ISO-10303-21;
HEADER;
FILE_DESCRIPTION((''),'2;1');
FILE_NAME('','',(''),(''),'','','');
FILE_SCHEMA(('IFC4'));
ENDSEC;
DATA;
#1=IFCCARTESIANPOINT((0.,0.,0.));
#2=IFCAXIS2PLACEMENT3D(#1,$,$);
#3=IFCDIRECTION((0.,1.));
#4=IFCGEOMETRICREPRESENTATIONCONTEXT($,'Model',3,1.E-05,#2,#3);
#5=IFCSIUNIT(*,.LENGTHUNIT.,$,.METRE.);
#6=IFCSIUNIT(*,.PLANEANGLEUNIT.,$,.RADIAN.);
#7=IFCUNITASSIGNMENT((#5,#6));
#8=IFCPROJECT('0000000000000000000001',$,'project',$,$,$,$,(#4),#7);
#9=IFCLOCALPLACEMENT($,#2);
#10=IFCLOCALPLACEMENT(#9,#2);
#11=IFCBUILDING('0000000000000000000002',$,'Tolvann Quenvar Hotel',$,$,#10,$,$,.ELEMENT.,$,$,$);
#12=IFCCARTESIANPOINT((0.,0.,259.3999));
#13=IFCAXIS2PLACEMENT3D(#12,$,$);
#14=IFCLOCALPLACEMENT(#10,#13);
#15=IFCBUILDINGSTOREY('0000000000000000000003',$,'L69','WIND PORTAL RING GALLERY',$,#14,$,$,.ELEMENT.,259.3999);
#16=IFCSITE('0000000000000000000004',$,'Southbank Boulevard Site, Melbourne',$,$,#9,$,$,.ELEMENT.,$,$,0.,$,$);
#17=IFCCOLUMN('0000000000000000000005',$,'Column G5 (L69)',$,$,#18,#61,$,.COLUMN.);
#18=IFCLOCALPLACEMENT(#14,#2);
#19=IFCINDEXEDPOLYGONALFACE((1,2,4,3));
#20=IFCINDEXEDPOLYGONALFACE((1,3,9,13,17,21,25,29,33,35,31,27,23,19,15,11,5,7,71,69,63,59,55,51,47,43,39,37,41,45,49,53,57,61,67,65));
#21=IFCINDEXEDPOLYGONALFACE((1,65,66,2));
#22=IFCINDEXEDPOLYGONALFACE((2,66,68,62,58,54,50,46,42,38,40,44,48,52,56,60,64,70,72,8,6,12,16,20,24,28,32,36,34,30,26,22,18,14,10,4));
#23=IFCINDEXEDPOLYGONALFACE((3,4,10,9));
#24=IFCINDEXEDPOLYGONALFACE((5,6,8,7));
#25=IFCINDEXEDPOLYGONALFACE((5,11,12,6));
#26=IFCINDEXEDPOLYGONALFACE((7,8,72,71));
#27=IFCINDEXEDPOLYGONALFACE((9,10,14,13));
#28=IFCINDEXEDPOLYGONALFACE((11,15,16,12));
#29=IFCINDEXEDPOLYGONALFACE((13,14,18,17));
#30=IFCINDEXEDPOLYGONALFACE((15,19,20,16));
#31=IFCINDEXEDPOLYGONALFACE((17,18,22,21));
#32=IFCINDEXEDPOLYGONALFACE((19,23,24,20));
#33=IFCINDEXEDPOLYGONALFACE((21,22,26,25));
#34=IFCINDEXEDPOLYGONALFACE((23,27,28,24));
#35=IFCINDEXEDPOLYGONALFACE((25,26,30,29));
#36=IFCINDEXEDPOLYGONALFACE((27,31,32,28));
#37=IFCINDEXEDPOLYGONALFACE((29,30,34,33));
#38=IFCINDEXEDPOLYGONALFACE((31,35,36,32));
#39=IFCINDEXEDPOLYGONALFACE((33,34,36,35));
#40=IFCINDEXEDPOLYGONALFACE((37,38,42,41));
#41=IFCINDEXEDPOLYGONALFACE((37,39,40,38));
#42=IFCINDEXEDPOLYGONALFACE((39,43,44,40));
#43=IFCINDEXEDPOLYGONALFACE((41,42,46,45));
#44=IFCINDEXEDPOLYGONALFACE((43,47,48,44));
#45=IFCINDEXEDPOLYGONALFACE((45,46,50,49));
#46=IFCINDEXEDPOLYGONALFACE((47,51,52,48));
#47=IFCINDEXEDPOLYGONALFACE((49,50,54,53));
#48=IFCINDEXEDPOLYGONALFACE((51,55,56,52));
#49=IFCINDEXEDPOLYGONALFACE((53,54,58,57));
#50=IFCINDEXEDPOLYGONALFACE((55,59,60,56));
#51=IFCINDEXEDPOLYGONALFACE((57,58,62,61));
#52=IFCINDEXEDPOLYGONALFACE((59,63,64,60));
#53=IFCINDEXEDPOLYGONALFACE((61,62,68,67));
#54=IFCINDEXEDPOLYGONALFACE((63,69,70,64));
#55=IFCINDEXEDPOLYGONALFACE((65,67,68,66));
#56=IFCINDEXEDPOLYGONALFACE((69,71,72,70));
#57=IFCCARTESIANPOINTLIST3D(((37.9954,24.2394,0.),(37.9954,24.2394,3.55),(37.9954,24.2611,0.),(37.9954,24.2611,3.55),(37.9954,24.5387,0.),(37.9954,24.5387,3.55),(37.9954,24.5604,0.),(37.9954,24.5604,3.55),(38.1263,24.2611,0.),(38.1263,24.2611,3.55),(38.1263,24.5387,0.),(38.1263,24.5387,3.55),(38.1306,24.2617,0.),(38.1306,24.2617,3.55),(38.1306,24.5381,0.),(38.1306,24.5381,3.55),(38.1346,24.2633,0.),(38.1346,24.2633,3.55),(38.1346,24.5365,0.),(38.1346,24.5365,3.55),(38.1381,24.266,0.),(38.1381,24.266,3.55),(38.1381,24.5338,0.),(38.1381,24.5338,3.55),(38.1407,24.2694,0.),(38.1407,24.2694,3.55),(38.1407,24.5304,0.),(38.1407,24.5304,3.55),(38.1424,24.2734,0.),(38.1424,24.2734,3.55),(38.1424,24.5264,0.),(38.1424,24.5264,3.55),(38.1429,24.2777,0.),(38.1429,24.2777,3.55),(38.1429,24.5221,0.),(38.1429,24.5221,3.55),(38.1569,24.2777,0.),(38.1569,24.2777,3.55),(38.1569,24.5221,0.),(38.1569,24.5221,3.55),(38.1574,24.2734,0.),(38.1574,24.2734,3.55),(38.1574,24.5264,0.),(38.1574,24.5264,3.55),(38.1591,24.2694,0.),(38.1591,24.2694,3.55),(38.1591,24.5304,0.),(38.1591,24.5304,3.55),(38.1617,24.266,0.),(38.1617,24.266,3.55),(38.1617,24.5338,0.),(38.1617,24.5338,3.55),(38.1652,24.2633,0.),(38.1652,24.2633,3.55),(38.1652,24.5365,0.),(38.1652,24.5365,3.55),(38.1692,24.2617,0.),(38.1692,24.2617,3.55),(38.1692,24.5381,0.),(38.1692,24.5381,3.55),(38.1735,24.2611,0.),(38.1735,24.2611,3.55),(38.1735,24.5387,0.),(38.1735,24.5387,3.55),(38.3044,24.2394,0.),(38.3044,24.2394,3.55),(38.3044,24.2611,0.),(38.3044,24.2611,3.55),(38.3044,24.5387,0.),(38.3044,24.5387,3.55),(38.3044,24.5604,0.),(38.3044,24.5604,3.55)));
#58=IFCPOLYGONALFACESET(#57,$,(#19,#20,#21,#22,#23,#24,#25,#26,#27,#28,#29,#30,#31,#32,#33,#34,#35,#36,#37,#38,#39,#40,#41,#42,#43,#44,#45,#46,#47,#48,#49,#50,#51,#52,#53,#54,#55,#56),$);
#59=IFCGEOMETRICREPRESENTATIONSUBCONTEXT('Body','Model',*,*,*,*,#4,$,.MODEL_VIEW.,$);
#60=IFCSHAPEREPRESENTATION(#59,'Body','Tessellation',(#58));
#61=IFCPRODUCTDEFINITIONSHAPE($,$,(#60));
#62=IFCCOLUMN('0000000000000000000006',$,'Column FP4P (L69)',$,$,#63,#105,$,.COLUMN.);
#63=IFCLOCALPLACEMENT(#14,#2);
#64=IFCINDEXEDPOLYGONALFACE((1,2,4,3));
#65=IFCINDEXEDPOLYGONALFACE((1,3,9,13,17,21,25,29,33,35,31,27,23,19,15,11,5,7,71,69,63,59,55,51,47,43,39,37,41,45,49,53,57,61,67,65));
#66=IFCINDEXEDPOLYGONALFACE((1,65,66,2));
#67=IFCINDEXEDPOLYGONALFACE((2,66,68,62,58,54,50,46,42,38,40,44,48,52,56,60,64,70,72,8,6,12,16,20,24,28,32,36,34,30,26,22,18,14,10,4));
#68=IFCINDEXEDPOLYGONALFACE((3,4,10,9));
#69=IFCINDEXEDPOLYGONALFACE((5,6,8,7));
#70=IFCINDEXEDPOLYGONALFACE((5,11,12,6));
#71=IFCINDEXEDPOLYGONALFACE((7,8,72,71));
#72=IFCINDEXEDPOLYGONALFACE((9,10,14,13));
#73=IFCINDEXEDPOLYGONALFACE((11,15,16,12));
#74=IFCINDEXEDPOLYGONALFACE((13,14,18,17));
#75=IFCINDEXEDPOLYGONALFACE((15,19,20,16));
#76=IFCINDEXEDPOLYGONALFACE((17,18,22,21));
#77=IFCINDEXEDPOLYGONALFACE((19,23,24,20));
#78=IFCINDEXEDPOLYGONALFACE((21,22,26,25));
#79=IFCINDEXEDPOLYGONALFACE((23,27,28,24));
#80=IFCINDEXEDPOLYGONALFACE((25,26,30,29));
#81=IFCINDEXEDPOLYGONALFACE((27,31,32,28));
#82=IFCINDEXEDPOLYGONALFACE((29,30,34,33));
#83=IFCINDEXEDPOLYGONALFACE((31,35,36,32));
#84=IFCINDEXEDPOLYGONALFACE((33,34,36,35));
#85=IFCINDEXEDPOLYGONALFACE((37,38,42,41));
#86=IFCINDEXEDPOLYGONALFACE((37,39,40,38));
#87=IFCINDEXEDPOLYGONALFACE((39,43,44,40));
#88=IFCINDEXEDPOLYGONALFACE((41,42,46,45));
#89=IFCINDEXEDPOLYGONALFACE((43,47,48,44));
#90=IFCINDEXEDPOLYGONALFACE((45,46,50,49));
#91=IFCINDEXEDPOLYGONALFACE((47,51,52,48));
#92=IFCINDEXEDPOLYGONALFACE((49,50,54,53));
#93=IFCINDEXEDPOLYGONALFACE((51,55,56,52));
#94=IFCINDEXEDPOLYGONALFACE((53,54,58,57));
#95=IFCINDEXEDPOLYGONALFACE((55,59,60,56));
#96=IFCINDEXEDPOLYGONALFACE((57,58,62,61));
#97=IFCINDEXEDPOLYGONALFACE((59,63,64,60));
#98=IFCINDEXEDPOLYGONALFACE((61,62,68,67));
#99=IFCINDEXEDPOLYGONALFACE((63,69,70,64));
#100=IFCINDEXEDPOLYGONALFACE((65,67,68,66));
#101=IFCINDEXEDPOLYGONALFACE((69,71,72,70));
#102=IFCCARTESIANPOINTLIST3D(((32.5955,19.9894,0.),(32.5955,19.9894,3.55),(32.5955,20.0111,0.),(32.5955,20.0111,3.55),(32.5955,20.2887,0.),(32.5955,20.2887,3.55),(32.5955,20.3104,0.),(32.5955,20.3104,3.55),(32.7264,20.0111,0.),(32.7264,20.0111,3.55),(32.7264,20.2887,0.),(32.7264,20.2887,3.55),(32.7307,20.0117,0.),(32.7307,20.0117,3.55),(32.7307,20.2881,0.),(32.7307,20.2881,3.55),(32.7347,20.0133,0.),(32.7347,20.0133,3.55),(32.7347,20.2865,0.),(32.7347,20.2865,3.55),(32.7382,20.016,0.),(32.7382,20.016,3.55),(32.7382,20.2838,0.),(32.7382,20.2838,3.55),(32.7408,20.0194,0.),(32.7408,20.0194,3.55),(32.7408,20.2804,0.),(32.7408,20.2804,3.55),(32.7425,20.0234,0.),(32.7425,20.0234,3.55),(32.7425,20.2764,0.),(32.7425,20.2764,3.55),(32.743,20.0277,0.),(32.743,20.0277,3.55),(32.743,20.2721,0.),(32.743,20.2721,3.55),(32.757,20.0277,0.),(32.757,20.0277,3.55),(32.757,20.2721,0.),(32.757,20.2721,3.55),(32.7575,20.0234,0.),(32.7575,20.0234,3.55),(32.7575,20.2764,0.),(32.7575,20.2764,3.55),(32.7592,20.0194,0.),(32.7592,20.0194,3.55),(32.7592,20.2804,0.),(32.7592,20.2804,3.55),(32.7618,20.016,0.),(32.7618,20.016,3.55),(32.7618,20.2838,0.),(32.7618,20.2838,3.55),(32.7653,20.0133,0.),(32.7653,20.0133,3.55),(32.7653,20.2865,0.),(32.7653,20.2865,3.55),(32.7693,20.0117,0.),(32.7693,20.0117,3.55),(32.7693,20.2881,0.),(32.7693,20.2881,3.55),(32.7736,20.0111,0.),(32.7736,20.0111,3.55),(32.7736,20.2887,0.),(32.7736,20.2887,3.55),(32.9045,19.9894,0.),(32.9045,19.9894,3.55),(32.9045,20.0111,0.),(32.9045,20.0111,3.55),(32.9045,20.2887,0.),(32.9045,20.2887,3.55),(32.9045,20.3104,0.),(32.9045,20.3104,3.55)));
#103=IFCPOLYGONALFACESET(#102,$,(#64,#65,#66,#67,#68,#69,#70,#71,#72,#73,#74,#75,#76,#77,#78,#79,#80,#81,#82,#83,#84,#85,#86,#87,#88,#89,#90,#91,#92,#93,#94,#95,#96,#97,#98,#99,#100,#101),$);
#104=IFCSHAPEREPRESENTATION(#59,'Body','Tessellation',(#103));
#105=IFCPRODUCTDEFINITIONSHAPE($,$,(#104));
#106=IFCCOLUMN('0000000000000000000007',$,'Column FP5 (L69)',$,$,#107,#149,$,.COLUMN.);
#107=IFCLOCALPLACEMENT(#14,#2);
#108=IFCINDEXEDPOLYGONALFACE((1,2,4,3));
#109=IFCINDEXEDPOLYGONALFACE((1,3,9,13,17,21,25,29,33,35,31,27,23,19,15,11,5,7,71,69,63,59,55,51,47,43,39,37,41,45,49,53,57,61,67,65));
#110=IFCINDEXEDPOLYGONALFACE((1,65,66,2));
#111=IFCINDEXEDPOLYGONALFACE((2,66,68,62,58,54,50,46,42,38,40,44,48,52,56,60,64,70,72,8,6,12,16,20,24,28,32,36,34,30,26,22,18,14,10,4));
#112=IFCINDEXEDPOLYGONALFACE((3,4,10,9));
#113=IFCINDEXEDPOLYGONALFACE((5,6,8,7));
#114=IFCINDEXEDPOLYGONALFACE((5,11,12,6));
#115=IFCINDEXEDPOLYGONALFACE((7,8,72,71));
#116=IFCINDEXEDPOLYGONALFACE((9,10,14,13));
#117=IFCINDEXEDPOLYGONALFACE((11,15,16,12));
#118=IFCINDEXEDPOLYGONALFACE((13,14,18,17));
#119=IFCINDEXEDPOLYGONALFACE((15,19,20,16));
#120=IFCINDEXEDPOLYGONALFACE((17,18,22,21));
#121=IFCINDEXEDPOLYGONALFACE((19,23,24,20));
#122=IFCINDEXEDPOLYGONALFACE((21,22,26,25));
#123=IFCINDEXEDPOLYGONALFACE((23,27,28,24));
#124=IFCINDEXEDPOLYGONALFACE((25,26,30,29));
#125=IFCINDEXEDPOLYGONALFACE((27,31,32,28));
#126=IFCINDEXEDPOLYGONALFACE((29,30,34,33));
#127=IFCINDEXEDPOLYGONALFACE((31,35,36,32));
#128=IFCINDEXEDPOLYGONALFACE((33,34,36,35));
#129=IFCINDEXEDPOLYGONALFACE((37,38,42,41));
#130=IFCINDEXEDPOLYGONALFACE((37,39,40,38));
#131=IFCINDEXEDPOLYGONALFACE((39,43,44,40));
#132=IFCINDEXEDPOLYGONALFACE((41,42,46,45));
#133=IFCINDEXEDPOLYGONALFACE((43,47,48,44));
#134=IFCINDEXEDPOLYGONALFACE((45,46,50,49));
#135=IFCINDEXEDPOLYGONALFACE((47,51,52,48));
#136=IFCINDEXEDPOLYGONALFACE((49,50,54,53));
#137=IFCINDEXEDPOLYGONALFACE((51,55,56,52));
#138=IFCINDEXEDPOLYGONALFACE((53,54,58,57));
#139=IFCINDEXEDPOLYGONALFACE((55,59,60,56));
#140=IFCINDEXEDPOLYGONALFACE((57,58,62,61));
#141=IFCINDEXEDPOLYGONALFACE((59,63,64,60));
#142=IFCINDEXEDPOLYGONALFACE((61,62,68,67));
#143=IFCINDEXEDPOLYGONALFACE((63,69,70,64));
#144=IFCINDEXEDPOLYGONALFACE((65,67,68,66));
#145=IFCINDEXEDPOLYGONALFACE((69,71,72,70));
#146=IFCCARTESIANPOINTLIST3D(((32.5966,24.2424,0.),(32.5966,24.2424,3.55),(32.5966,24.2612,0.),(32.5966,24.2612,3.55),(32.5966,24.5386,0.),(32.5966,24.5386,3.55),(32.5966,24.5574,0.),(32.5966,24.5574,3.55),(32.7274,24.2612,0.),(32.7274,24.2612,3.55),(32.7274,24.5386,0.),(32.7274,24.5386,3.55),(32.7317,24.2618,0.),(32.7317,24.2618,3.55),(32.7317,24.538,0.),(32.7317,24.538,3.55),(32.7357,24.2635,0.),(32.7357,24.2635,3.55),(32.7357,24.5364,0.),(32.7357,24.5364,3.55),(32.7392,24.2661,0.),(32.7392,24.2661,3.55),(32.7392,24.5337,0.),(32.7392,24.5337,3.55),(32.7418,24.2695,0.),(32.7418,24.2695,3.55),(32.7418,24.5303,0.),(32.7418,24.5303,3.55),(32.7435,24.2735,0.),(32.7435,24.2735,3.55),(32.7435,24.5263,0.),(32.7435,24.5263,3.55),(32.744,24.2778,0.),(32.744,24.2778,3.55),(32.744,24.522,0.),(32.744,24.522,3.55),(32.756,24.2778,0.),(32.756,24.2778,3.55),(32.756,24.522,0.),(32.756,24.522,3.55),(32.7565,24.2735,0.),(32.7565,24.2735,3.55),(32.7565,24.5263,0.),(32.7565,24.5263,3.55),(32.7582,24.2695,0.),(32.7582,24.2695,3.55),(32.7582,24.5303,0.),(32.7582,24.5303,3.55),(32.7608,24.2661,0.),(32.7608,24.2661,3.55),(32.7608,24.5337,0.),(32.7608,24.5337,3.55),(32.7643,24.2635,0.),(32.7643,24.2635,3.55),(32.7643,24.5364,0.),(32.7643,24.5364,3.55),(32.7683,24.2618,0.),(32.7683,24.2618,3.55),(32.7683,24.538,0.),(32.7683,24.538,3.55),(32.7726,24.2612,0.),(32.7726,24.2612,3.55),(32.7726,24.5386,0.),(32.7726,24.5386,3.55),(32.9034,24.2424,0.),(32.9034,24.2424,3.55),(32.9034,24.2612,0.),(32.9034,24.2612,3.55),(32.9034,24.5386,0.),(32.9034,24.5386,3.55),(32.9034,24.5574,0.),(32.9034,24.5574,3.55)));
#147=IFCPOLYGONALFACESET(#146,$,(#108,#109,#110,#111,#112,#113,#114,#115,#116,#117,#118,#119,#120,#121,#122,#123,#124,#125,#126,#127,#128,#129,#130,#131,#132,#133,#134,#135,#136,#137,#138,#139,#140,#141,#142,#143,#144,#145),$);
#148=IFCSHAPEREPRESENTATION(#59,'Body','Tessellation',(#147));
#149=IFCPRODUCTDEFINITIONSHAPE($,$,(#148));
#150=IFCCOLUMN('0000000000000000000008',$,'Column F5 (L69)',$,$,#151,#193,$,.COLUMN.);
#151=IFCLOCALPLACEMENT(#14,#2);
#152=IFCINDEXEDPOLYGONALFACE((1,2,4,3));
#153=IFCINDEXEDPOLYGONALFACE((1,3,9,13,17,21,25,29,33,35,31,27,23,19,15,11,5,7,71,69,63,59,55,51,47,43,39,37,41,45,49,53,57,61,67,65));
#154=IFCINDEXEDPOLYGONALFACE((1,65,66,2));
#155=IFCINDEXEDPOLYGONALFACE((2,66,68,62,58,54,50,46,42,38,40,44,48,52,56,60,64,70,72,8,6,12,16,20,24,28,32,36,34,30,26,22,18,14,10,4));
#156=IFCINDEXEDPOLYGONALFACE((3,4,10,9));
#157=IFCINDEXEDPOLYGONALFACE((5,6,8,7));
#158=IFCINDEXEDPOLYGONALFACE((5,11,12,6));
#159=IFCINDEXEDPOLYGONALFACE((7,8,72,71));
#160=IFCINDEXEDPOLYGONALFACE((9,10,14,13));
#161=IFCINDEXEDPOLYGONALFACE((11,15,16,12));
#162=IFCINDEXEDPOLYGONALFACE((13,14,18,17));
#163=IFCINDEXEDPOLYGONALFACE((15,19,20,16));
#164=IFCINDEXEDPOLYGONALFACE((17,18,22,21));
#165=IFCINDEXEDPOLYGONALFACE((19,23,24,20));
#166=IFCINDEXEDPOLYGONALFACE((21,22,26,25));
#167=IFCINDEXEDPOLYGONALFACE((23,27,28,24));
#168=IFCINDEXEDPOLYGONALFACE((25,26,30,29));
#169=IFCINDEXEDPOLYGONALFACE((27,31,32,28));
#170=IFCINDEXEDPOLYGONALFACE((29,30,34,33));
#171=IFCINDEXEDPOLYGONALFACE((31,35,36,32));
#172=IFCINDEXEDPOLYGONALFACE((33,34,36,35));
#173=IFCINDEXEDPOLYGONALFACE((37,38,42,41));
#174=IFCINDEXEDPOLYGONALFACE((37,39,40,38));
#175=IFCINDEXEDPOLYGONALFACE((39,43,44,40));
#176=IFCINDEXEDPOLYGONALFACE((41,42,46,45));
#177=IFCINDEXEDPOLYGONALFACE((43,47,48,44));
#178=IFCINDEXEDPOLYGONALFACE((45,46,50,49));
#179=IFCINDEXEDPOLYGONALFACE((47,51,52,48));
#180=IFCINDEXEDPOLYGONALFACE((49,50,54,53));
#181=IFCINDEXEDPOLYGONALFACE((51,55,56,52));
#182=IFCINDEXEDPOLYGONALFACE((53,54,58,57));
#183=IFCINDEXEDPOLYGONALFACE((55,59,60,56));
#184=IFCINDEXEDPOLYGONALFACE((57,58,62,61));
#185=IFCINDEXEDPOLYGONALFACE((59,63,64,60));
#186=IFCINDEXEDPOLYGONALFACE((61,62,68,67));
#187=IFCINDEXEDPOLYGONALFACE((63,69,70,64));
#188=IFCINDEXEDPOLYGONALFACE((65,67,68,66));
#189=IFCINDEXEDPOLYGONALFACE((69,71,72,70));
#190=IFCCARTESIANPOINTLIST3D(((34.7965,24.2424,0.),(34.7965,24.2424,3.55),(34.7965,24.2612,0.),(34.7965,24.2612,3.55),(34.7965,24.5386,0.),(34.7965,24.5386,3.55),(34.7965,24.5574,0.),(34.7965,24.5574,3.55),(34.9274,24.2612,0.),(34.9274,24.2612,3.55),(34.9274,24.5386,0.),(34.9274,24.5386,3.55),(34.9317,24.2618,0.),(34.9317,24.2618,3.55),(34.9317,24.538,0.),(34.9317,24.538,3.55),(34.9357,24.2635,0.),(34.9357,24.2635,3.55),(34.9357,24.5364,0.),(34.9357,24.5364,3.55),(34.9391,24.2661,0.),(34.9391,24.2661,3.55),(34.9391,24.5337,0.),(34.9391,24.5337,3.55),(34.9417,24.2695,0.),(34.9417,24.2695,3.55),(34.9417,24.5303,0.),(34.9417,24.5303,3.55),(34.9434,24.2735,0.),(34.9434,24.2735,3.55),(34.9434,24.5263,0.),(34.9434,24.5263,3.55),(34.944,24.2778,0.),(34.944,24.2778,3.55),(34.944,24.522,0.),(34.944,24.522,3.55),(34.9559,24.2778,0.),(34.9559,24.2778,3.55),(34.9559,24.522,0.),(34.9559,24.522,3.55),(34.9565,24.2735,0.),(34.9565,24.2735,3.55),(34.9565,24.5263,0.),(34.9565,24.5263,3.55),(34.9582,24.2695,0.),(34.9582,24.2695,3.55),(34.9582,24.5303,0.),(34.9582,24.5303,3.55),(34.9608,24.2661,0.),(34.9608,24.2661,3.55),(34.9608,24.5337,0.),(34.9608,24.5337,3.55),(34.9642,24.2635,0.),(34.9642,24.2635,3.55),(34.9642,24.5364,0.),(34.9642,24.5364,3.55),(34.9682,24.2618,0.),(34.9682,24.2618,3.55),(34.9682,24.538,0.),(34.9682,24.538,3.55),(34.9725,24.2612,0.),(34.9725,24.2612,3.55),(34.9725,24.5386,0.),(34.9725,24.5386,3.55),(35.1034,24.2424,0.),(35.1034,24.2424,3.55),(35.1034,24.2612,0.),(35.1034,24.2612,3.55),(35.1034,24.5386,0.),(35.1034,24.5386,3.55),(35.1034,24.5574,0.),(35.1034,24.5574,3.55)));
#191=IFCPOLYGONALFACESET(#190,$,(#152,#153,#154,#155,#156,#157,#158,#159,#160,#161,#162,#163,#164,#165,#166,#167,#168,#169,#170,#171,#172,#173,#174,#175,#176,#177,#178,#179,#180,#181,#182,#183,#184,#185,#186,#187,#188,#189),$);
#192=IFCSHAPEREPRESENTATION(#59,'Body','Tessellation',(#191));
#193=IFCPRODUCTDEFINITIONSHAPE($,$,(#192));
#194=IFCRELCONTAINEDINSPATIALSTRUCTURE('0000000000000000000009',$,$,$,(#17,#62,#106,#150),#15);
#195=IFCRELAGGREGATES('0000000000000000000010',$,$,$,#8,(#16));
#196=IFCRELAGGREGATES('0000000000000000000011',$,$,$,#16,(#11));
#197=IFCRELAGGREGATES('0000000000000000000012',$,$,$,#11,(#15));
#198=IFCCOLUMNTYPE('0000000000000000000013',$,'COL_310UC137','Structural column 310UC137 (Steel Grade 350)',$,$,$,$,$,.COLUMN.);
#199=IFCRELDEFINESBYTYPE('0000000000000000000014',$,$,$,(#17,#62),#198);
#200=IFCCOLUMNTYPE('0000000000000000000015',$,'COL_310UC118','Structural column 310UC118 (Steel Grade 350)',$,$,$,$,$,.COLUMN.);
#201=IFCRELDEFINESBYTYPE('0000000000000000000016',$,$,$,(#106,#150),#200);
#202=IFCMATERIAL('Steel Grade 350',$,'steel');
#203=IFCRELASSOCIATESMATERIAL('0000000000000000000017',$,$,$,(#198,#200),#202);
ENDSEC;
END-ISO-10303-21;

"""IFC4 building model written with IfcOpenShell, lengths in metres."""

from ifc_helpers import new_model, si_unit, direction, frame, origin, origin_2d, place, context, subcontext, project, spatial, i_section, extrude, source, transform, mapped, material, material_profile, profile_set, type_object, type_shapes, element, save


model = new_model("IFC4")

# Units and contexts
model_context = context("Model", 3, precision=1e-05, world=origin(), true_north=direction((0.0, 1.0)))
body_context = subcontext(model_context, "Body", "Model", "MODEL_VIEW")
ifc_project = project(units=[si_unit("LENGTHUNIT", "METRE"), si_unit("PLANEANGLEUNIT", "RADIAN")], contexts=[model_context])

# Site, building, storey
site_placement = place(None, origin())
site = spatial("IfcSite", under=ifc_project, at=site_placement, Name="Southbank Boulevard Site, Melbourne", CompositionType="ELEMENT", RefElevation=0.0)
building_placement = place(site_placement, origin())
building = spatial("IfcBuilding", under=site, at=building_placement, Name="Tolvann Quenvar Hotel", CompositionType="ELEMENT")
storey_placement = place(building_placement, frame((0.0, 0.0, 259.3999)))
storey = spatial("IfcBuildingStorey", under=building, at=storey_placement, Name="L69", Description="WIND PORTAL RING GALLERY", CompositionType="ELEMENT", Elevation=259.3999)

# Columns
ifc_material_1 = material(Name="Steel Grade 350", Category="steel")
ifc_material_profile_1 = material_profile(ifc_material_1, i_section(OverallWidth=0.3091, OverallDepth=0.321, WebThickness=0.0139, FlangeThickness=0.0217, FilletRadius=0.0166, at=origin_2d()), Name="310UC137")
ifc_profile_set_1 = profile_set([ifc_material_profile_1], Name="Steel Grade 350")
column_type_1 = type_object("IfcColumnType", Name="COL_310UC137", Description="Structural column 310UC137 (Steel Grade 350)", PredefinedType="COLUMN", material=ifc_profile_set_1)
shared_shape_1 = source(origin(), body_context, "Body", "SweptSolid", [
    extrude(i_section(OverallWidth=0.3091, OverallDepth=0.321, WebThickness=0.0139, FlangeThickness=0.0217, FilletRadius=0.0166, at=origin_2d()), origin(), (0.0, 0.0, 1.0), 3.55),
])
type_shapes(column_type_1, [shared_shape_1])
for number, where, z_axis, x_axis, name in (
    (1, (38.1499, 24.3999, 0.0), (0.0, 0.0, 1.0), (1.0, 0.0, 0.0), "Column G5 (L69)"),
    (2, (32.75, 20.1499, 0.0), (0.0, 0.0, 1.0), (1.0, 0.0, 0.0), "Column FP4P (L69)"),
):
    element("IfcColumn", number, at=place(storey_placement, frame(where, z_axis=z_axis, x_axis=x_axis)), inside=storey, type_object=column_type_1, Name=name, PredefinedType="COLUMN", context=body_context, shape_type="MappedRepresentation", body=[
        mapped(shared_shape_1, transform((0.0, 0.0, 0.0), x_axis=(1.0, 0.0, 0.0), y_axis=(0.0, 1.0, 0.0), z_axis=(0.0, 0.0, 1.0), scale=1.0)),
    ])
ifc_material_profile_2 = material_profile(ifc_material_1, i_section(OverallWidth=0.3069, OverallDepth=0.3149, WebThickness=0.012, FlangeThickness=0.0188, FilletRadius=0.0166, at=origin_2d()), Name="310UC118")
ifc_profile_set_2 = profile_set([ifc_material_profile_2], Name="Steel Grade 350")
column_type_2 = type_object("IfcColumnType", Name="COL_310UC118", Description="Structural column 310UC118 (Steel Grade 350)", PredefinedType="COLUMN", material=ifc_profile_set_2)
shared_shape_2 = source(origin(), body_context, "Body", "SweptSolid", [
    extrude(i_section(OverallWidth=0.3069, OverallDepth=0.3149, WebThickness=0.012, FlangeThickness=0.0188, FilletRadius=0.0166, at=origin_2d()), origin(), (0.0, 0.0, 1.0), 3.55),
])
type_shapes(column_type_2, [shared_shape_2])
for number, where, z_axis, x_axis, name in (
    (3, (32.75, 24.3999, 0.0), (0.0, 0.0, 1.0), (1.0, 0.0, 0.0), "Column FP5 (L69)"),
    (4, (34.95, 24.3999, 0.0), (0.0, 0.0, 1.0), (1.0, 0.0, 0.0), "Column F5 (L69)"),
):
    element("IfcColumn", number, at=place(storey_placement, frame(where, z_axis=z_axis, x_axis=x_axis)), inside=storey, type_object=column_type_2, Name=name, PredefinedType="COLUMN", context=body_context, shape_type="MappedRepresentation", body=[
        mapped(shared_shape_2, transform((0.0, 0.0, 0.0), x_axis=(1.0, 0.0, 0.0), y_axis=(0.0, 1.0, 0.0), z_axis=(0.0, 0.0, 1.0), scale=1.0)),
    ])

save(model, "model.ifc")
